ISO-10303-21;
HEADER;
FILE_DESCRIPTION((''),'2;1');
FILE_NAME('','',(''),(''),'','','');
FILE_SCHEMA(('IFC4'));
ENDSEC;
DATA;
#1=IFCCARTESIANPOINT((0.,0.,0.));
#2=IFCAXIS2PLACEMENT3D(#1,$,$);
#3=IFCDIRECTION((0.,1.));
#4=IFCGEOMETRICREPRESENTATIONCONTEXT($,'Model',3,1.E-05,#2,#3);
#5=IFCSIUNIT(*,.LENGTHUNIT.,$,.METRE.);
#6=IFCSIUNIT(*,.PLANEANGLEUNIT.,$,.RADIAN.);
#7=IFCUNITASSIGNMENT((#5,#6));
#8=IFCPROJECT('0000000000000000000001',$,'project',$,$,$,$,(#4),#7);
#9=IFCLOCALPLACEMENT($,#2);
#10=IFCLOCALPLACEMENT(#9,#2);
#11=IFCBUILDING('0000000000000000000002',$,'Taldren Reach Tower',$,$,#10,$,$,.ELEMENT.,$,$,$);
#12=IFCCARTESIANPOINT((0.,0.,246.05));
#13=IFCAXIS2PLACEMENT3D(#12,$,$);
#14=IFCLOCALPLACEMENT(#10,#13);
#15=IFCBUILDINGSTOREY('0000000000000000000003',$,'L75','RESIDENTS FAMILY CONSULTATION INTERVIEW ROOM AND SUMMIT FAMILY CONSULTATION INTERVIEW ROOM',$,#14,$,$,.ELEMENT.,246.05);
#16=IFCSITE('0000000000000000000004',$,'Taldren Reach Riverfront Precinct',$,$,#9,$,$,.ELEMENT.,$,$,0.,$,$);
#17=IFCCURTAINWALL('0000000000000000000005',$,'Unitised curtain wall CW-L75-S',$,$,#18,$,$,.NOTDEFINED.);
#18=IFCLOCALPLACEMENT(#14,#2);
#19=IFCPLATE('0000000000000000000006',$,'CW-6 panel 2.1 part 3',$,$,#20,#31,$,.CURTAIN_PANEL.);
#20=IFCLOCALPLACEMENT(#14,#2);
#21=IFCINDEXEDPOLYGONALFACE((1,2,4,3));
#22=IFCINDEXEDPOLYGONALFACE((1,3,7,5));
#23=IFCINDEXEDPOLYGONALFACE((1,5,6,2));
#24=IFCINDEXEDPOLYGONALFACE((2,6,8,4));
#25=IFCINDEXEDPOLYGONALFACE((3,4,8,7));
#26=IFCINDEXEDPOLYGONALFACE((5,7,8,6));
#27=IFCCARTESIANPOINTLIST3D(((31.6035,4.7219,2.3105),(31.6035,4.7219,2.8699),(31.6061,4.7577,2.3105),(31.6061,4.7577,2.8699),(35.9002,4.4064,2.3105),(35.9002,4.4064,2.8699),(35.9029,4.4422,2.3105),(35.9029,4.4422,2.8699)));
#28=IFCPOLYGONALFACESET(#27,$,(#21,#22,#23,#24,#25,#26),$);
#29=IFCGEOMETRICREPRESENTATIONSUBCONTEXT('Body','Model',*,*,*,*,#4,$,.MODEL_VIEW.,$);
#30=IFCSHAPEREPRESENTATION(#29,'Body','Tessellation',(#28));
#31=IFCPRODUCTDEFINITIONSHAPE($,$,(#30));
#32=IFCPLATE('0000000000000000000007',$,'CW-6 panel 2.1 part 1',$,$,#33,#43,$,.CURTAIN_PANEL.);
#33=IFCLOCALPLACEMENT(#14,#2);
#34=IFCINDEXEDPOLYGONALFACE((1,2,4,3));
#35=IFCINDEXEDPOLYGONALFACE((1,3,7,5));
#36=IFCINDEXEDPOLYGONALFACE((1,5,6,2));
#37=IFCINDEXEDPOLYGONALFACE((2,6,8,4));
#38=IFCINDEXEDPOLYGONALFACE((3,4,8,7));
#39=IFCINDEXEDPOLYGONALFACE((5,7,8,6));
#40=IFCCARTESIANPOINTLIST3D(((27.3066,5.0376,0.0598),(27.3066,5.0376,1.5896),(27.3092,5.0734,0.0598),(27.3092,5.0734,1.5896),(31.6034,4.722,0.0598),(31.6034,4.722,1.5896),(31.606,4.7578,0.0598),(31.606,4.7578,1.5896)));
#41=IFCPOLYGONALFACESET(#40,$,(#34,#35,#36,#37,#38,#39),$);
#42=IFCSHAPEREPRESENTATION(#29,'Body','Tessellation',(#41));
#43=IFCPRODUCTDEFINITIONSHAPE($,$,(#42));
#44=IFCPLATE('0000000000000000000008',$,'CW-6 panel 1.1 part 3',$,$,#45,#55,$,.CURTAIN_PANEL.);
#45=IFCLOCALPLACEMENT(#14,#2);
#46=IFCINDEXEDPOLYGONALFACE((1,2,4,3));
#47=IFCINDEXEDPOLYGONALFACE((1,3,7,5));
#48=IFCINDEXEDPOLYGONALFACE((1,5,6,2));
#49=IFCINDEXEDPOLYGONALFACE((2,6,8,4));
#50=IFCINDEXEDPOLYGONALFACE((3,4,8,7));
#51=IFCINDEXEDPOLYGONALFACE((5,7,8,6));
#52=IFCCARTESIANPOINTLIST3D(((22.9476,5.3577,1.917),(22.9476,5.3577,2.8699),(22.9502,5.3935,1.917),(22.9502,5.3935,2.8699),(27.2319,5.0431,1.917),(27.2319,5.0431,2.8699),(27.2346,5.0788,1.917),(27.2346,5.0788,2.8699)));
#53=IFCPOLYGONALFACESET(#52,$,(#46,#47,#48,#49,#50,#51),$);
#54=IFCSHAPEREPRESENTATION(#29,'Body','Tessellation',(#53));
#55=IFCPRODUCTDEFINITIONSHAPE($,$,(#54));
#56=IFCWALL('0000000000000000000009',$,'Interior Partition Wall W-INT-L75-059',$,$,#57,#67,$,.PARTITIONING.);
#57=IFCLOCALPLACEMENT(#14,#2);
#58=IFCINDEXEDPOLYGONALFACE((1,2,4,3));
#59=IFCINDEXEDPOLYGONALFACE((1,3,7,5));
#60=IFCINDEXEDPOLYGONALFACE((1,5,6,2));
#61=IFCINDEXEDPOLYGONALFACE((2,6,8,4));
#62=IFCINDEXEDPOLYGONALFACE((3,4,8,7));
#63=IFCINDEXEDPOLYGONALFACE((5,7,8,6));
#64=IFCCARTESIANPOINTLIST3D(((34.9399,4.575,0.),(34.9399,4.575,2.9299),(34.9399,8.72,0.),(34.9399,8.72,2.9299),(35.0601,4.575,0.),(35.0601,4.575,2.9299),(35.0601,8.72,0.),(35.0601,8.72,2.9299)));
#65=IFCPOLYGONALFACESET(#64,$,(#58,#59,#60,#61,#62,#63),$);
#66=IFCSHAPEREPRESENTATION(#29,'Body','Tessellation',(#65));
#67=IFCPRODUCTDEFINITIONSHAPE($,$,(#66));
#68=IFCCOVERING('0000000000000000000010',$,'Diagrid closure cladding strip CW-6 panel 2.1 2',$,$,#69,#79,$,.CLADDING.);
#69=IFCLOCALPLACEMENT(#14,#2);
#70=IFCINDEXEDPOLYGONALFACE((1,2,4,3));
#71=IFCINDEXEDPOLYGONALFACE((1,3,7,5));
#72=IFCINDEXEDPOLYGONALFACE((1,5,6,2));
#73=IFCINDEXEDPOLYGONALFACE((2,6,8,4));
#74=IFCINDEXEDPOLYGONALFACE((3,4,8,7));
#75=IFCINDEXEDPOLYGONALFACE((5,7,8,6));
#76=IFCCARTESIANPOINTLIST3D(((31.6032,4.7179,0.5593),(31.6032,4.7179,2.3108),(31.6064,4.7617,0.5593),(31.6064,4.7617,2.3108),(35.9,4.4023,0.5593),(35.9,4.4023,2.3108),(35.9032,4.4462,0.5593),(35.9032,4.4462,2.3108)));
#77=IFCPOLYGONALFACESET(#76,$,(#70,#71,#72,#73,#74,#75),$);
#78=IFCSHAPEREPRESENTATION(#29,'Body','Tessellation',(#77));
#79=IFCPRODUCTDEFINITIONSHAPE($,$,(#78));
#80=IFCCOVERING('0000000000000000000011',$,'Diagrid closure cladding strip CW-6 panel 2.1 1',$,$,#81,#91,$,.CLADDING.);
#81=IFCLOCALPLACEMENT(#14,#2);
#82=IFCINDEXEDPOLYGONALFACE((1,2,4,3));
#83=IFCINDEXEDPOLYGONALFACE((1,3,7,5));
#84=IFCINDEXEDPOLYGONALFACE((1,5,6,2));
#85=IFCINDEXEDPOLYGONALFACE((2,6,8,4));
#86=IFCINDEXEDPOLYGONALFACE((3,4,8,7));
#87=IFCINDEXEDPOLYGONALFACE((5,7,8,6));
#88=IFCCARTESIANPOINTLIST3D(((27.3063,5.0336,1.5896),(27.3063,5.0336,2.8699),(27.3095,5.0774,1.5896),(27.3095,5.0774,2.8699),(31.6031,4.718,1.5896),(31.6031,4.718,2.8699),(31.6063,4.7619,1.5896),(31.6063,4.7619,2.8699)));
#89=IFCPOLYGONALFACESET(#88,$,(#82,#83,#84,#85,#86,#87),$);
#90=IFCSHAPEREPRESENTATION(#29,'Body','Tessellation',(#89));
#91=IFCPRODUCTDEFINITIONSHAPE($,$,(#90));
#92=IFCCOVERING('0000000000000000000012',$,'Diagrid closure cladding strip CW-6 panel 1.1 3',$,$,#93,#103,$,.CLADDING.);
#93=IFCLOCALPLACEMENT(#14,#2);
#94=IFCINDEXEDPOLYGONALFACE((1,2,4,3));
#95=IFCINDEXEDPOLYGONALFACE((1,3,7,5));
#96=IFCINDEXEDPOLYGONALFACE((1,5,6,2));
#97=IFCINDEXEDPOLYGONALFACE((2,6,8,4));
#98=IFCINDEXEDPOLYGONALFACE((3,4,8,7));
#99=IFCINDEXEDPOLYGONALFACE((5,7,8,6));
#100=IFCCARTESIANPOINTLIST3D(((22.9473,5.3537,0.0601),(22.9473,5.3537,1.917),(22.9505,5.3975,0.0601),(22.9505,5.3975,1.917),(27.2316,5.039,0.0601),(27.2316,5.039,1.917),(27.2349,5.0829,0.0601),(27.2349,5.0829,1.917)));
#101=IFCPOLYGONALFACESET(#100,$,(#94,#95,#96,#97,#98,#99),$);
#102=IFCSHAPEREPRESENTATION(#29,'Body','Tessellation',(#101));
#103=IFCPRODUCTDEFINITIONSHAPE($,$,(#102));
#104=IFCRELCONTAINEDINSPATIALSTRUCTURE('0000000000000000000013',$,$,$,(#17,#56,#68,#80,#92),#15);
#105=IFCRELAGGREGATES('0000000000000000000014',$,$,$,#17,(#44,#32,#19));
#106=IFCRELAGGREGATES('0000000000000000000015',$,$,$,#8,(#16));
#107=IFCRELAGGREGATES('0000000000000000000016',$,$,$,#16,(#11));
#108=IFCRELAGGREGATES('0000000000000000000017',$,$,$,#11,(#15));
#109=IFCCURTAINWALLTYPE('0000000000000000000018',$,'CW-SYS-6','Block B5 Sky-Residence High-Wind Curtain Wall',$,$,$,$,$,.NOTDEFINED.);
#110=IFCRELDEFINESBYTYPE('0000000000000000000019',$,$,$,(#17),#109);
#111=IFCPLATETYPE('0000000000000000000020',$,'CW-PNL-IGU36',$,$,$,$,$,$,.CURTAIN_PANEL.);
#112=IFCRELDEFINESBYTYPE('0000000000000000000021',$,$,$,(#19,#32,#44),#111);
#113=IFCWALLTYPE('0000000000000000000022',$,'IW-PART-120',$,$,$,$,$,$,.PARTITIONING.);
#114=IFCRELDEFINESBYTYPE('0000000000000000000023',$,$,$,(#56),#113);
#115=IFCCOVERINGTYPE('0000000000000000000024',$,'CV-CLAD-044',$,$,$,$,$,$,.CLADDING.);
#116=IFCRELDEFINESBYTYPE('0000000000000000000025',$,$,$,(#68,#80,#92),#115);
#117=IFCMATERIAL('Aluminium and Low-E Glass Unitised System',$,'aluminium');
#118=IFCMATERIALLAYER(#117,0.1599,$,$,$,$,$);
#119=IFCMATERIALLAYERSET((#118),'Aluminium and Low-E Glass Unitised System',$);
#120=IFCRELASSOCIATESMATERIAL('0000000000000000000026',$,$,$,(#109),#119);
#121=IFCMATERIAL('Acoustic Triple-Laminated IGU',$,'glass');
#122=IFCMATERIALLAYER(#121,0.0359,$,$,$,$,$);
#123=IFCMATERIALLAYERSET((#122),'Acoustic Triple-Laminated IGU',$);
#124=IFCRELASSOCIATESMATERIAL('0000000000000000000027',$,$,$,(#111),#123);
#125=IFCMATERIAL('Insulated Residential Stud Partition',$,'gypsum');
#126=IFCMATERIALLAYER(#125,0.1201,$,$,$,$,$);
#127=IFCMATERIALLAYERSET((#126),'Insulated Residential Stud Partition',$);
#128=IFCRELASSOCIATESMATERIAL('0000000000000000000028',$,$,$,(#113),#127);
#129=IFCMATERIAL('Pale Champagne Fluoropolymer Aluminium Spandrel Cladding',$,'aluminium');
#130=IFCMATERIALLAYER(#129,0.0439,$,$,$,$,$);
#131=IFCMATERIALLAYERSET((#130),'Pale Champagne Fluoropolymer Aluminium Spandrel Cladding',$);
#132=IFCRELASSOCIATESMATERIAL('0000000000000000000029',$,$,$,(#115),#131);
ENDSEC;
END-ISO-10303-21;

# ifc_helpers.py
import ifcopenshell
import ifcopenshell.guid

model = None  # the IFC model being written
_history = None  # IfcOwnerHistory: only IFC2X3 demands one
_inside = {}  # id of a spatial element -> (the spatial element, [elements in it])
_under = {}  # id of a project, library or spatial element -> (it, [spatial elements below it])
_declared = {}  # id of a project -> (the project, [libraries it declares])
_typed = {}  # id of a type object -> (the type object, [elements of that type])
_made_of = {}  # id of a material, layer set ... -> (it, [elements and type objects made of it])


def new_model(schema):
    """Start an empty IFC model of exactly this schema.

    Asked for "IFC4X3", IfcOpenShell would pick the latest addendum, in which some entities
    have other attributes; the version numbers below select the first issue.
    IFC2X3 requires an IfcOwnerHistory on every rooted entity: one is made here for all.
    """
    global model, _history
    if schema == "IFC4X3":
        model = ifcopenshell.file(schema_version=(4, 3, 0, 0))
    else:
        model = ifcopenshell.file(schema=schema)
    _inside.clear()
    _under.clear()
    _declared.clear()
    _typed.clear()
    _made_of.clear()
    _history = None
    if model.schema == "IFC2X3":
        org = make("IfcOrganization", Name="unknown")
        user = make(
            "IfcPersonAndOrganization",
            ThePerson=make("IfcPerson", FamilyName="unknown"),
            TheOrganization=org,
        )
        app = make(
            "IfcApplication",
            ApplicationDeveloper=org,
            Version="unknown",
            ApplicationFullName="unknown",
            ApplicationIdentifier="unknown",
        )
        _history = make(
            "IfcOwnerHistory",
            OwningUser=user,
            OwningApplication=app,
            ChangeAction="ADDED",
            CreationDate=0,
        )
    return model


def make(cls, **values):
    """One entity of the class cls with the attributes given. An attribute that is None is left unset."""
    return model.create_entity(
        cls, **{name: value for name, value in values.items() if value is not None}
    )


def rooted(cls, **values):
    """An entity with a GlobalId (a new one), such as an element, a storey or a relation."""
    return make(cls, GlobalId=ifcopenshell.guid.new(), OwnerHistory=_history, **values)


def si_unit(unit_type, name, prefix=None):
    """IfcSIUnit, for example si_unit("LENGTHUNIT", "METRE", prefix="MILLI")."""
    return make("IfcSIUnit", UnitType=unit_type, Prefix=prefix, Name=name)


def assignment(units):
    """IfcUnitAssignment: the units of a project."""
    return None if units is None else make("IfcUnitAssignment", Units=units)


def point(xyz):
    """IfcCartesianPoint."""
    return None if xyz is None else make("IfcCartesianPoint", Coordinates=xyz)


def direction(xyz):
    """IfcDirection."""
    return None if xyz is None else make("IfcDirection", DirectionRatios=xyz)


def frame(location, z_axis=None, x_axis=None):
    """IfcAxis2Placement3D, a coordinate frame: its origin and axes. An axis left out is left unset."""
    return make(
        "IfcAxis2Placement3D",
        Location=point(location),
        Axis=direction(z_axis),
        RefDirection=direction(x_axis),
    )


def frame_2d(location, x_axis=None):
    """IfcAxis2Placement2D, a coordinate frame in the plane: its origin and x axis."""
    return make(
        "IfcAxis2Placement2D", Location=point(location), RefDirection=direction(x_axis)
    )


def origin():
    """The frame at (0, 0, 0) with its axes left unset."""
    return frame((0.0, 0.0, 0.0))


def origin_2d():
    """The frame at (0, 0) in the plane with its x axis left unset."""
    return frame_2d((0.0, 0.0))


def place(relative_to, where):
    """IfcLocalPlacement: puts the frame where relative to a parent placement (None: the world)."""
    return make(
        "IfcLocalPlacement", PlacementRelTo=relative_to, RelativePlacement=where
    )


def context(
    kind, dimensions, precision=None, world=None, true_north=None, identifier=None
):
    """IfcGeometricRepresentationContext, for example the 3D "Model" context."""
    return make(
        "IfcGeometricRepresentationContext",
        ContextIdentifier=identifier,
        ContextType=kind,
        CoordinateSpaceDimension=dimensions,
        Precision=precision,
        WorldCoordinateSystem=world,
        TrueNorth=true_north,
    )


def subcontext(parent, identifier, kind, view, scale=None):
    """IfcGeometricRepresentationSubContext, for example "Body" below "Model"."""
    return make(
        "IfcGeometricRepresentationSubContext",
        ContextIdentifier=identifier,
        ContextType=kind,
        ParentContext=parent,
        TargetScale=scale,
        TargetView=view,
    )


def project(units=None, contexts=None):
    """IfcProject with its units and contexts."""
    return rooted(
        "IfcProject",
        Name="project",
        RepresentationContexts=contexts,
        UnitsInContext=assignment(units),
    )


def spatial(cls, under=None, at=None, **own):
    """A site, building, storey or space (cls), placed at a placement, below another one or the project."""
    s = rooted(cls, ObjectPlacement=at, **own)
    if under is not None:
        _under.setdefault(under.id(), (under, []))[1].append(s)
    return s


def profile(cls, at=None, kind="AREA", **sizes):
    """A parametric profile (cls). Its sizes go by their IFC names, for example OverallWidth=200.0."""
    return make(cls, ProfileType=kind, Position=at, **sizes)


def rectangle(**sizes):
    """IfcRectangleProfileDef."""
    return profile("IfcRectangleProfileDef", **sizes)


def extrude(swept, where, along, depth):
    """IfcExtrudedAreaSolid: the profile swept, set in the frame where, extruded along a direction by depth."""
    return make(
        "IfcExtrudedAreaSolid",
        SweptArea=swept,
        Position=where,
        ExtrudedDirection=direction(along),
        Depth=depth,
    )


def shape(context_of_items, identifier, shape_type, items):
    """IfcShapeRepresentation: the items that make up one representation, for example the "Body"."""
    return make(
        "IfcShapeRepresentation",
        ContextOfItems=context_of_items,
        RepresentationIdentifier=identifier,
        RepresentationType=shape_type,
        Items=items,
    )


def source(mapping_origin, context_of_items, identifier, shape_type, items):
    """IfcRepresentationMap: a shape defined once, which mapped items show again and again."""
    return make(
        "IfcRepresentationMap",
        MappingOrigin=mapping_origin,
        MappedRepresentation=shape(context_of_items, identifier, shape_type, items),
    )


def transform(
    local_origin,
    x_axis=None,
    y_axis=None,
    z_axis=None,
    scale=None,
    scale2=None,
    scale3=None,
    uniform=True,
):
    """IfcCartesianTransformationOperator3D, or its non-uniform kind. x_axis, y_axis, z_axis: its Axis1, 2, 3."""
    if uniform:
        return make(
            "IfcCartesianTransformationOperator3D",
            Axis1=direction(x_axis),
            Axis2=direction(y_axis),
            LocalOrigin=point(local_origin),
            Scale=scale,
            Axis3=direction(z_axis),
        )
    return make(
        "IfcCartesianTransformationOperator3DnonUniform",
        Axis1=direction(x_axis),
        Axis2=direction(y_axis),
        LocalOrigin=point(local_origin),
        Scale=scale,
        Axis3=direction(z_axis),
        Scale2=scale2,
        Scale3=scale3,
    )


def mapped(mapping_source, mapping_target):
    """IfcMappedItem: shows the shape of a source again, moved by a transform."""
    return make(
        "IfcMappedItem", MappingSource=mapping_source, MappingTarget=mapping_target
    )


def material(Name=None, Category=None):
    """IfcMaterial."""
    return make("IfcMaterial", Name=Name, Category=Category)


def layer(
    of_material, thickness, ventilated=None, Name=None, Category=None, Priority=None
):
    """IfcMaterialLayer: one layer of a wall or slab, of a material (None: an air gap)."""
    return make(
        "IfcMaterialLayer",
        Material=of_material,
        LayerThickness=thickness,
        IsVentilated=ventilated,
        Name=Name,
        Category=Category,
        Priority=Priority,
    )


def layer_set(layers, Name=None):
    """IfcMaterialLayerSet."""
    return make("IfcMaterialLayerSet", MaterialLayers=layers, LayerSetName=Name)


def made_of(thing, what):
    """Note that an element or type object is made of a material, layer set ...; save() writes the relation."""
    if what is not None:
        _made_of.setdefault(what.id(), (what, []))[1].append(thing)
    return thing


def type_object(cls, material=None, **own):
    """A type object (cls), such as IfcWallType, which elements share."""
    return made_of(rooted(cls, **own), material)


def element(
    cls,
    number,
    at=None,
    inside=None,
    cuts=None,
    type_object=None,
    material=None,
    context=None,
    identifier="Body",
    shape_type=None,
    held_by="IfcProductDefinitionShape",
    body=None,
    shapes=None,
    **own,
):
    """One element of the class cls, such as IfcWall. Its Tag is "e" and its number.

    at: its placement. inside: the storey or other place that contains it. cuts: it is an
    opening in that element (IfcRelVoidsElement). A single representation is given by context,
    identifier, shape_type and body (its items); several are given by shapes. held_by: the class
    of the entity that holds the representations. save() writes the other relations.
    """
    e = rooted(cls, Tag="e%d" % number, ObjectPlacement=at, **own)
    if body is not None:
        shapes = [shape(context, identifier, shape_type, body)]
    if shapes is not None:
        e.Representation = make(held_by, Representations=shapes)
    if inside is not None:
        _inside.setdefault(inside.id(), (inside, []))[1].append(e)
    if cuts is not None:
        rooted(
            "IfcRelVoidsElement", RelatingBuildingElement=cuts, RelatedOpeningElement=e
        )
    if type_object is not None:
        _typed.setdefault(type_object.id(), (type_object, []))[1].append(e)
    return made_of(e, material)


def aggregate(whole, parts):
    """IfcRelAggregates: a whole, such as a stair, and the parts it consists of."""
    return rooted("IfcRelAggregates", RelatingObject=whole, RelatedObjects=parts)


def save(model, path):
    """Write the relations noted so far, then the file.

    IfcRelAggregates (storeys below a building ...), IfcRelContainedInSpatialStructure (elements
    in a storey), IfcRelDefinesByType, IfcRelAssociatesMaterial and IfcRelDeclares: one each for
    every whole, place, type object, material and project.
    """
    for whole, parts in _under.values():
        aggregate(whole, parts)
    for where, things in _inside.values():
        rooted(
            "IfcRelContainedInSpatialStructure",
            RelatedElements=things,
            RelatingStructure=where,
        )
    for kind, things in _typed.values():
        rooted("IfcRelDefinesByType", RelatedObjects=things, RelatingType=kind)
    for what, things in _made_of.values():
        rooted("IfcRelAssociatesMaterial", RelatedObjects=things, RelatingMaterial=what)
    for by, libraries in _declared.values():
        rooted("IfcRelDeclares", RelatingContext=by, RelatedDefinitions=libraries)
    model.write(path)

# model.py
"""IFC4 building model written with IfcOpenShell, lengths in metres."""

from ifc_helpers import new_model, si_unit, direction, frame, frame_2d, origin, origin_2d, place, context, subcontext, project, spatial, rectangle, extrude, source, transform, mapped, material, layer, layer_set, type_object, element, aggregate, save


model = new_model("IFC4")

# Units and contexts
model_context = context("Model", 3, precision=1e-05, world=origin(), true_north=direction((0.0, 1.0)))
body_context = subcontext(model_context, "Body", "Model", "MODEL_VIEW")
ifc_project = project(units=[si_unit("LENGTHUNIT", "METRE"), si_unit("PLANEANGLEUNIT", "RADIAN")], contexts=[model_context])

# Site, building, storey
site_placement = place(None, origin())
site = spatial("IfcSite", under=ifc_project, at=site_placement, Name="Taldren Reach Riverfront Precinct", CompositionType="ELEMENT", RefElevation=0.0)
building_placement = place(site_placement, origin())
building = spatial("IfcBuilding", under=site, at=building_placement, Name="Taldren Reach Tower", CompositionType="ELEMENT")
storey_placement = place(building_placement, frame((0.0, 0.0, 246.05)))
storey = spatial("IfcBuildingStorey", under=building, at=storey_placement, Name="L75", Description="RESIDENTS FAMILY CONSULTATION INTERVIEW ROOM AND SUMMIT FAMILY CONSULTATION INTERVIEW ROOM", CompositionType="ELEMENT", Elevation=246.05)

# Curtain wall
ifc_material_1 = material(Name="Aluminium and Low-E Glass Unitised System", Category="aluminium")
ifc_layer_1 = layer(ifc_material_1, 0.1599)
ifc_layer_set_1 = layer_set([ifc_layer_1], Name="Aluminium and Low-E Glass Unitised System")
curtain_wall_type = type_object("IfcCurtainWallType", Name="CW-SYS-6", Description="Block B5 Sky-Residence High-Wind Curtain Wall", PredefinedType="NOTDEFINED", material=ifc_layer_set_1)
curtain_wall_placement = place(storey_placement, origin())
curtain_wall = element("IfcCurtainWall", 1, at=curtain_wall_placement, inside=storey, type_object=curtain_wall_type, Name="Unitised curtain wall CW-L75-S", PredefinedType="NOTDEFINED")

# Plates
ifc_material_2 = material(Name="Acoustic Triple-Laminated IGU", Category="glass")
ifc_layer_2 = layer(ifc_material_2, 0.0359)
ifc_layer_set_2 = layer_set([ifc_layer_2], Name="Acoustic Triple-Laminated IGU")
plate_type_1 = type_object("IfcPlateType", Name="CW-PNL-IGU36", PredefinedType="CURTAIN_PANEL", material=ifc_layer_set_2)
shared_shape_1 = source(origin(), body_context, "Body", "SweptSolid", [
    extrude(rectangle(XDim=4.3083, YDim=0.0359, at=origin_2d()), origin(), (0.0, 0.0, 1.0), 0.5593),
])
plate_1_placement = place(storey_placement, frame((33.7532, 4.582, 2.3105), z_axis=(0.0, 0.0, 1.0), x_axis=(0.997314, -0.073238, 0.0)))
plate_1 = element("IfcPlate", 2, at=plate_1_placement, type_object=plate_type_1, Name="CW-6 panel 2.1 part 3", PredefinedType="CURTAIN_PANEL", context=body_context, shape_type="MappedRepresentation", body=[
    mapped(shared_shape_1, transform((0.0, 0.0, 0.0), scale=1.0)),
])
shared_shape_2 = source(origin(), body_context, "Body", "SweptSolid", [
    extrude(rectangle(XDim=4.3083, YDim=0.0359, at=origin_2d()), origin(), (0.0, 0.0, 1.0), 1.5298),
])
plate_2_placement = place(storey_placement, frame((29.4563, 4.8977, 0.0598), z_axis=(0.0, 0.0, 1.0), x_axis=(0.997314, -0.073238, 0.0)))
plate_2 = element("IfcPlate", 3, at=plate_2_placement, type_object=plate_type_1, Name="CW-6 panel 2.1 part 1", PredefinedType="CURTAIN_PANEL", context=body_context, shape_type="MappedRepresentation", body=[
    mapped(shared_shape_2, transform((0.0, 0.0, 0.0), scale=1.0)),
])
shared_shape_3 = source(origin(), body_context, "Body", "SweptSolid", [
    extrude(rectangle(XDim=4.2959, YDim=0.0359, at=origin_2d()), origin(), (0.0, 0.0, 1.0), 0.9529),
])
plate_3_placement = place(storey_placement, frame((25.0911, 5.2183, 1.917), z_axis=(0.0, 0.0, 1.0), x_axis=(0.997314, -0.073238, 0.0)))
plate_3 = element("IfcPlate", 4, at=plate_3_placement, type_object=plate_type_1, Name="CW-6 panel 1.1 part 3", PredefinedType="CURTAIN_PANEL", context=body_context, shape_type="MappedRepresentation", body=[
    mapped(shared_shape_3, transform((0.0, 0.0, 0.0), scale=1.0)),
])
aggregate(curtain_wall, [plate_3, plate_2, plate_1])

# Wall
ifc_material_3 = material(Name="Insulated Residential Stud Partition", Category="gypsum")
ifc_layer_3 = layer(ifc_material_3, 0.1201)
ifc_layer_set_3 = layer_set([ifc_layer_3], Name="Insulated Residential Stud Partition")
wall_type = type_object("IfcWallType", Name="IW-PART-120", PredefinedType="PARTITIONING", material=ifc_layer_set_3)
shared_shape_4 = source(origin(), body_context, "Body", "SweptSolid", [
    extrude(rectangle(XDim=4.145, YDim=0.1201, at=frame_2d((2.0725, 0.0))), origin(), (0.0, 0.0, 1.0), 2.9299),
])
wall_placement = place(storey_placement, frame((35.0, 4.575, 0.0), z_axis=(0.0, 0.0, 1.0), x_axis=(0.0, 1.0, 0.0)))
element("IfcWall", 5, at=wall_placement, inside=storey, type_object=wall_type, Name="Interior Partition Wall W-INT-L75-059", PredefinedType="PARTITIONING", context=body_context, shape_type="MappedRepresentation", body=[
    mapped(shared_shape_4, transform((0.0, 0.0, 0.0), scale=1.0)),
])

# Coverings
ifc_material_4 = material(Name="Pale Champagne Fluoropolymer Aluminium Spandrel Cladding", Category="aluminium")
ifc_layer_4 = layer(ifc_material_4, 0.0439)
ifc_layer_set_4 = layer_set([ifc_layer_4], Name="Pale Champagne Fluoropolymer Aluminium Spandrel Cladding")
covering_type = type_object("IfcCoveringType", Name="CV-CLAD-044", PredefinedType="CLADDING", material=ifc_layer_set_4)
shared_shape_5 = source(origin(), body_context, "Body", "SweptSolid", [
    extrude(rectangle(XDim=4.3083, YDim=0.0439, at=origin_2d()), origin(), (0.0, 0.0, 1.0), 1.7515),
])
covering_1_placement = place(storey_placement, frame((33.7532, 4.582, 0.5593), z_axis=(0.0, 0.0, 1.0), x_axis=(0.997314, -0.073238, 0.0)))
element("IfcCovering", 6, at=covering_1_placement, inside=storey, type_object=covering_type, Name="Diagrid closure cladding strip CW-6 panel 2.1 2", PredefinedType="CLADDING", context=body_context, shape_type="MappedRepresentation", body=[
    mapped(shared_shape_5, transform((0.0, 0.0, 0.0), scale=1.0)),
])
shared_shape_6 = source(origin(), body_context, "Body", "SweptSolid", [
    extrude(rectangle(XDim=4.3083, YDim=0.0439, at=origin_2d()), origin(), (0.0, 0.0, 1.0), 1.2803),
])
covering_2_placement = place(storey_placement, frame((29.4563, 4.8977, 1.5896), z_axis=(0.0, 0.0, 1.0), x_axis=(0.997314, -0.073238, 0.0)))
element("IfcCovering", 7, at=covering_2_placement, inside=storey, type_object=covering_type, Name="Diagrid closure cladding strip CW-6 panel 2.1 1", PredefinedType="CLADDING", context=body_context, shape_type="MappedRepresentation", body=[
    mapped(shared_shape_6, transform((0.0, 0.0, 0.0), scale=1.0)),
])
shared_shape_7 = source(origin(), body_context, "Body", "SweptSolid", [
    extrude(rectangle(XDim=4.2959, YDim=0.0439, at=origin_2d()), origin(), (0.0, 0.0, 1.0), 1.8569),
])
covering_3_placement = place(storey_placement, frame((25.0911, 5.2183, 0.0601), z_axis=(0.0, 0.0, 1.0), x_axis=(0.997314, -0.073238, 0.0)))
element("IfcCovering", 8, at=covering_3_placement, inside=storey, type_object=covering_type, Name="Diagrid closure cladding strip CW-6 panel 1.1 3", PredefinedType="CLADDING", context=body_context, shape_type="MappedRepresentation", body=[
    mapped(shared_shape_7, transform((0.0, 0.0, 0.0), scale=1.0)),
])

save(model, "model.ifc")
